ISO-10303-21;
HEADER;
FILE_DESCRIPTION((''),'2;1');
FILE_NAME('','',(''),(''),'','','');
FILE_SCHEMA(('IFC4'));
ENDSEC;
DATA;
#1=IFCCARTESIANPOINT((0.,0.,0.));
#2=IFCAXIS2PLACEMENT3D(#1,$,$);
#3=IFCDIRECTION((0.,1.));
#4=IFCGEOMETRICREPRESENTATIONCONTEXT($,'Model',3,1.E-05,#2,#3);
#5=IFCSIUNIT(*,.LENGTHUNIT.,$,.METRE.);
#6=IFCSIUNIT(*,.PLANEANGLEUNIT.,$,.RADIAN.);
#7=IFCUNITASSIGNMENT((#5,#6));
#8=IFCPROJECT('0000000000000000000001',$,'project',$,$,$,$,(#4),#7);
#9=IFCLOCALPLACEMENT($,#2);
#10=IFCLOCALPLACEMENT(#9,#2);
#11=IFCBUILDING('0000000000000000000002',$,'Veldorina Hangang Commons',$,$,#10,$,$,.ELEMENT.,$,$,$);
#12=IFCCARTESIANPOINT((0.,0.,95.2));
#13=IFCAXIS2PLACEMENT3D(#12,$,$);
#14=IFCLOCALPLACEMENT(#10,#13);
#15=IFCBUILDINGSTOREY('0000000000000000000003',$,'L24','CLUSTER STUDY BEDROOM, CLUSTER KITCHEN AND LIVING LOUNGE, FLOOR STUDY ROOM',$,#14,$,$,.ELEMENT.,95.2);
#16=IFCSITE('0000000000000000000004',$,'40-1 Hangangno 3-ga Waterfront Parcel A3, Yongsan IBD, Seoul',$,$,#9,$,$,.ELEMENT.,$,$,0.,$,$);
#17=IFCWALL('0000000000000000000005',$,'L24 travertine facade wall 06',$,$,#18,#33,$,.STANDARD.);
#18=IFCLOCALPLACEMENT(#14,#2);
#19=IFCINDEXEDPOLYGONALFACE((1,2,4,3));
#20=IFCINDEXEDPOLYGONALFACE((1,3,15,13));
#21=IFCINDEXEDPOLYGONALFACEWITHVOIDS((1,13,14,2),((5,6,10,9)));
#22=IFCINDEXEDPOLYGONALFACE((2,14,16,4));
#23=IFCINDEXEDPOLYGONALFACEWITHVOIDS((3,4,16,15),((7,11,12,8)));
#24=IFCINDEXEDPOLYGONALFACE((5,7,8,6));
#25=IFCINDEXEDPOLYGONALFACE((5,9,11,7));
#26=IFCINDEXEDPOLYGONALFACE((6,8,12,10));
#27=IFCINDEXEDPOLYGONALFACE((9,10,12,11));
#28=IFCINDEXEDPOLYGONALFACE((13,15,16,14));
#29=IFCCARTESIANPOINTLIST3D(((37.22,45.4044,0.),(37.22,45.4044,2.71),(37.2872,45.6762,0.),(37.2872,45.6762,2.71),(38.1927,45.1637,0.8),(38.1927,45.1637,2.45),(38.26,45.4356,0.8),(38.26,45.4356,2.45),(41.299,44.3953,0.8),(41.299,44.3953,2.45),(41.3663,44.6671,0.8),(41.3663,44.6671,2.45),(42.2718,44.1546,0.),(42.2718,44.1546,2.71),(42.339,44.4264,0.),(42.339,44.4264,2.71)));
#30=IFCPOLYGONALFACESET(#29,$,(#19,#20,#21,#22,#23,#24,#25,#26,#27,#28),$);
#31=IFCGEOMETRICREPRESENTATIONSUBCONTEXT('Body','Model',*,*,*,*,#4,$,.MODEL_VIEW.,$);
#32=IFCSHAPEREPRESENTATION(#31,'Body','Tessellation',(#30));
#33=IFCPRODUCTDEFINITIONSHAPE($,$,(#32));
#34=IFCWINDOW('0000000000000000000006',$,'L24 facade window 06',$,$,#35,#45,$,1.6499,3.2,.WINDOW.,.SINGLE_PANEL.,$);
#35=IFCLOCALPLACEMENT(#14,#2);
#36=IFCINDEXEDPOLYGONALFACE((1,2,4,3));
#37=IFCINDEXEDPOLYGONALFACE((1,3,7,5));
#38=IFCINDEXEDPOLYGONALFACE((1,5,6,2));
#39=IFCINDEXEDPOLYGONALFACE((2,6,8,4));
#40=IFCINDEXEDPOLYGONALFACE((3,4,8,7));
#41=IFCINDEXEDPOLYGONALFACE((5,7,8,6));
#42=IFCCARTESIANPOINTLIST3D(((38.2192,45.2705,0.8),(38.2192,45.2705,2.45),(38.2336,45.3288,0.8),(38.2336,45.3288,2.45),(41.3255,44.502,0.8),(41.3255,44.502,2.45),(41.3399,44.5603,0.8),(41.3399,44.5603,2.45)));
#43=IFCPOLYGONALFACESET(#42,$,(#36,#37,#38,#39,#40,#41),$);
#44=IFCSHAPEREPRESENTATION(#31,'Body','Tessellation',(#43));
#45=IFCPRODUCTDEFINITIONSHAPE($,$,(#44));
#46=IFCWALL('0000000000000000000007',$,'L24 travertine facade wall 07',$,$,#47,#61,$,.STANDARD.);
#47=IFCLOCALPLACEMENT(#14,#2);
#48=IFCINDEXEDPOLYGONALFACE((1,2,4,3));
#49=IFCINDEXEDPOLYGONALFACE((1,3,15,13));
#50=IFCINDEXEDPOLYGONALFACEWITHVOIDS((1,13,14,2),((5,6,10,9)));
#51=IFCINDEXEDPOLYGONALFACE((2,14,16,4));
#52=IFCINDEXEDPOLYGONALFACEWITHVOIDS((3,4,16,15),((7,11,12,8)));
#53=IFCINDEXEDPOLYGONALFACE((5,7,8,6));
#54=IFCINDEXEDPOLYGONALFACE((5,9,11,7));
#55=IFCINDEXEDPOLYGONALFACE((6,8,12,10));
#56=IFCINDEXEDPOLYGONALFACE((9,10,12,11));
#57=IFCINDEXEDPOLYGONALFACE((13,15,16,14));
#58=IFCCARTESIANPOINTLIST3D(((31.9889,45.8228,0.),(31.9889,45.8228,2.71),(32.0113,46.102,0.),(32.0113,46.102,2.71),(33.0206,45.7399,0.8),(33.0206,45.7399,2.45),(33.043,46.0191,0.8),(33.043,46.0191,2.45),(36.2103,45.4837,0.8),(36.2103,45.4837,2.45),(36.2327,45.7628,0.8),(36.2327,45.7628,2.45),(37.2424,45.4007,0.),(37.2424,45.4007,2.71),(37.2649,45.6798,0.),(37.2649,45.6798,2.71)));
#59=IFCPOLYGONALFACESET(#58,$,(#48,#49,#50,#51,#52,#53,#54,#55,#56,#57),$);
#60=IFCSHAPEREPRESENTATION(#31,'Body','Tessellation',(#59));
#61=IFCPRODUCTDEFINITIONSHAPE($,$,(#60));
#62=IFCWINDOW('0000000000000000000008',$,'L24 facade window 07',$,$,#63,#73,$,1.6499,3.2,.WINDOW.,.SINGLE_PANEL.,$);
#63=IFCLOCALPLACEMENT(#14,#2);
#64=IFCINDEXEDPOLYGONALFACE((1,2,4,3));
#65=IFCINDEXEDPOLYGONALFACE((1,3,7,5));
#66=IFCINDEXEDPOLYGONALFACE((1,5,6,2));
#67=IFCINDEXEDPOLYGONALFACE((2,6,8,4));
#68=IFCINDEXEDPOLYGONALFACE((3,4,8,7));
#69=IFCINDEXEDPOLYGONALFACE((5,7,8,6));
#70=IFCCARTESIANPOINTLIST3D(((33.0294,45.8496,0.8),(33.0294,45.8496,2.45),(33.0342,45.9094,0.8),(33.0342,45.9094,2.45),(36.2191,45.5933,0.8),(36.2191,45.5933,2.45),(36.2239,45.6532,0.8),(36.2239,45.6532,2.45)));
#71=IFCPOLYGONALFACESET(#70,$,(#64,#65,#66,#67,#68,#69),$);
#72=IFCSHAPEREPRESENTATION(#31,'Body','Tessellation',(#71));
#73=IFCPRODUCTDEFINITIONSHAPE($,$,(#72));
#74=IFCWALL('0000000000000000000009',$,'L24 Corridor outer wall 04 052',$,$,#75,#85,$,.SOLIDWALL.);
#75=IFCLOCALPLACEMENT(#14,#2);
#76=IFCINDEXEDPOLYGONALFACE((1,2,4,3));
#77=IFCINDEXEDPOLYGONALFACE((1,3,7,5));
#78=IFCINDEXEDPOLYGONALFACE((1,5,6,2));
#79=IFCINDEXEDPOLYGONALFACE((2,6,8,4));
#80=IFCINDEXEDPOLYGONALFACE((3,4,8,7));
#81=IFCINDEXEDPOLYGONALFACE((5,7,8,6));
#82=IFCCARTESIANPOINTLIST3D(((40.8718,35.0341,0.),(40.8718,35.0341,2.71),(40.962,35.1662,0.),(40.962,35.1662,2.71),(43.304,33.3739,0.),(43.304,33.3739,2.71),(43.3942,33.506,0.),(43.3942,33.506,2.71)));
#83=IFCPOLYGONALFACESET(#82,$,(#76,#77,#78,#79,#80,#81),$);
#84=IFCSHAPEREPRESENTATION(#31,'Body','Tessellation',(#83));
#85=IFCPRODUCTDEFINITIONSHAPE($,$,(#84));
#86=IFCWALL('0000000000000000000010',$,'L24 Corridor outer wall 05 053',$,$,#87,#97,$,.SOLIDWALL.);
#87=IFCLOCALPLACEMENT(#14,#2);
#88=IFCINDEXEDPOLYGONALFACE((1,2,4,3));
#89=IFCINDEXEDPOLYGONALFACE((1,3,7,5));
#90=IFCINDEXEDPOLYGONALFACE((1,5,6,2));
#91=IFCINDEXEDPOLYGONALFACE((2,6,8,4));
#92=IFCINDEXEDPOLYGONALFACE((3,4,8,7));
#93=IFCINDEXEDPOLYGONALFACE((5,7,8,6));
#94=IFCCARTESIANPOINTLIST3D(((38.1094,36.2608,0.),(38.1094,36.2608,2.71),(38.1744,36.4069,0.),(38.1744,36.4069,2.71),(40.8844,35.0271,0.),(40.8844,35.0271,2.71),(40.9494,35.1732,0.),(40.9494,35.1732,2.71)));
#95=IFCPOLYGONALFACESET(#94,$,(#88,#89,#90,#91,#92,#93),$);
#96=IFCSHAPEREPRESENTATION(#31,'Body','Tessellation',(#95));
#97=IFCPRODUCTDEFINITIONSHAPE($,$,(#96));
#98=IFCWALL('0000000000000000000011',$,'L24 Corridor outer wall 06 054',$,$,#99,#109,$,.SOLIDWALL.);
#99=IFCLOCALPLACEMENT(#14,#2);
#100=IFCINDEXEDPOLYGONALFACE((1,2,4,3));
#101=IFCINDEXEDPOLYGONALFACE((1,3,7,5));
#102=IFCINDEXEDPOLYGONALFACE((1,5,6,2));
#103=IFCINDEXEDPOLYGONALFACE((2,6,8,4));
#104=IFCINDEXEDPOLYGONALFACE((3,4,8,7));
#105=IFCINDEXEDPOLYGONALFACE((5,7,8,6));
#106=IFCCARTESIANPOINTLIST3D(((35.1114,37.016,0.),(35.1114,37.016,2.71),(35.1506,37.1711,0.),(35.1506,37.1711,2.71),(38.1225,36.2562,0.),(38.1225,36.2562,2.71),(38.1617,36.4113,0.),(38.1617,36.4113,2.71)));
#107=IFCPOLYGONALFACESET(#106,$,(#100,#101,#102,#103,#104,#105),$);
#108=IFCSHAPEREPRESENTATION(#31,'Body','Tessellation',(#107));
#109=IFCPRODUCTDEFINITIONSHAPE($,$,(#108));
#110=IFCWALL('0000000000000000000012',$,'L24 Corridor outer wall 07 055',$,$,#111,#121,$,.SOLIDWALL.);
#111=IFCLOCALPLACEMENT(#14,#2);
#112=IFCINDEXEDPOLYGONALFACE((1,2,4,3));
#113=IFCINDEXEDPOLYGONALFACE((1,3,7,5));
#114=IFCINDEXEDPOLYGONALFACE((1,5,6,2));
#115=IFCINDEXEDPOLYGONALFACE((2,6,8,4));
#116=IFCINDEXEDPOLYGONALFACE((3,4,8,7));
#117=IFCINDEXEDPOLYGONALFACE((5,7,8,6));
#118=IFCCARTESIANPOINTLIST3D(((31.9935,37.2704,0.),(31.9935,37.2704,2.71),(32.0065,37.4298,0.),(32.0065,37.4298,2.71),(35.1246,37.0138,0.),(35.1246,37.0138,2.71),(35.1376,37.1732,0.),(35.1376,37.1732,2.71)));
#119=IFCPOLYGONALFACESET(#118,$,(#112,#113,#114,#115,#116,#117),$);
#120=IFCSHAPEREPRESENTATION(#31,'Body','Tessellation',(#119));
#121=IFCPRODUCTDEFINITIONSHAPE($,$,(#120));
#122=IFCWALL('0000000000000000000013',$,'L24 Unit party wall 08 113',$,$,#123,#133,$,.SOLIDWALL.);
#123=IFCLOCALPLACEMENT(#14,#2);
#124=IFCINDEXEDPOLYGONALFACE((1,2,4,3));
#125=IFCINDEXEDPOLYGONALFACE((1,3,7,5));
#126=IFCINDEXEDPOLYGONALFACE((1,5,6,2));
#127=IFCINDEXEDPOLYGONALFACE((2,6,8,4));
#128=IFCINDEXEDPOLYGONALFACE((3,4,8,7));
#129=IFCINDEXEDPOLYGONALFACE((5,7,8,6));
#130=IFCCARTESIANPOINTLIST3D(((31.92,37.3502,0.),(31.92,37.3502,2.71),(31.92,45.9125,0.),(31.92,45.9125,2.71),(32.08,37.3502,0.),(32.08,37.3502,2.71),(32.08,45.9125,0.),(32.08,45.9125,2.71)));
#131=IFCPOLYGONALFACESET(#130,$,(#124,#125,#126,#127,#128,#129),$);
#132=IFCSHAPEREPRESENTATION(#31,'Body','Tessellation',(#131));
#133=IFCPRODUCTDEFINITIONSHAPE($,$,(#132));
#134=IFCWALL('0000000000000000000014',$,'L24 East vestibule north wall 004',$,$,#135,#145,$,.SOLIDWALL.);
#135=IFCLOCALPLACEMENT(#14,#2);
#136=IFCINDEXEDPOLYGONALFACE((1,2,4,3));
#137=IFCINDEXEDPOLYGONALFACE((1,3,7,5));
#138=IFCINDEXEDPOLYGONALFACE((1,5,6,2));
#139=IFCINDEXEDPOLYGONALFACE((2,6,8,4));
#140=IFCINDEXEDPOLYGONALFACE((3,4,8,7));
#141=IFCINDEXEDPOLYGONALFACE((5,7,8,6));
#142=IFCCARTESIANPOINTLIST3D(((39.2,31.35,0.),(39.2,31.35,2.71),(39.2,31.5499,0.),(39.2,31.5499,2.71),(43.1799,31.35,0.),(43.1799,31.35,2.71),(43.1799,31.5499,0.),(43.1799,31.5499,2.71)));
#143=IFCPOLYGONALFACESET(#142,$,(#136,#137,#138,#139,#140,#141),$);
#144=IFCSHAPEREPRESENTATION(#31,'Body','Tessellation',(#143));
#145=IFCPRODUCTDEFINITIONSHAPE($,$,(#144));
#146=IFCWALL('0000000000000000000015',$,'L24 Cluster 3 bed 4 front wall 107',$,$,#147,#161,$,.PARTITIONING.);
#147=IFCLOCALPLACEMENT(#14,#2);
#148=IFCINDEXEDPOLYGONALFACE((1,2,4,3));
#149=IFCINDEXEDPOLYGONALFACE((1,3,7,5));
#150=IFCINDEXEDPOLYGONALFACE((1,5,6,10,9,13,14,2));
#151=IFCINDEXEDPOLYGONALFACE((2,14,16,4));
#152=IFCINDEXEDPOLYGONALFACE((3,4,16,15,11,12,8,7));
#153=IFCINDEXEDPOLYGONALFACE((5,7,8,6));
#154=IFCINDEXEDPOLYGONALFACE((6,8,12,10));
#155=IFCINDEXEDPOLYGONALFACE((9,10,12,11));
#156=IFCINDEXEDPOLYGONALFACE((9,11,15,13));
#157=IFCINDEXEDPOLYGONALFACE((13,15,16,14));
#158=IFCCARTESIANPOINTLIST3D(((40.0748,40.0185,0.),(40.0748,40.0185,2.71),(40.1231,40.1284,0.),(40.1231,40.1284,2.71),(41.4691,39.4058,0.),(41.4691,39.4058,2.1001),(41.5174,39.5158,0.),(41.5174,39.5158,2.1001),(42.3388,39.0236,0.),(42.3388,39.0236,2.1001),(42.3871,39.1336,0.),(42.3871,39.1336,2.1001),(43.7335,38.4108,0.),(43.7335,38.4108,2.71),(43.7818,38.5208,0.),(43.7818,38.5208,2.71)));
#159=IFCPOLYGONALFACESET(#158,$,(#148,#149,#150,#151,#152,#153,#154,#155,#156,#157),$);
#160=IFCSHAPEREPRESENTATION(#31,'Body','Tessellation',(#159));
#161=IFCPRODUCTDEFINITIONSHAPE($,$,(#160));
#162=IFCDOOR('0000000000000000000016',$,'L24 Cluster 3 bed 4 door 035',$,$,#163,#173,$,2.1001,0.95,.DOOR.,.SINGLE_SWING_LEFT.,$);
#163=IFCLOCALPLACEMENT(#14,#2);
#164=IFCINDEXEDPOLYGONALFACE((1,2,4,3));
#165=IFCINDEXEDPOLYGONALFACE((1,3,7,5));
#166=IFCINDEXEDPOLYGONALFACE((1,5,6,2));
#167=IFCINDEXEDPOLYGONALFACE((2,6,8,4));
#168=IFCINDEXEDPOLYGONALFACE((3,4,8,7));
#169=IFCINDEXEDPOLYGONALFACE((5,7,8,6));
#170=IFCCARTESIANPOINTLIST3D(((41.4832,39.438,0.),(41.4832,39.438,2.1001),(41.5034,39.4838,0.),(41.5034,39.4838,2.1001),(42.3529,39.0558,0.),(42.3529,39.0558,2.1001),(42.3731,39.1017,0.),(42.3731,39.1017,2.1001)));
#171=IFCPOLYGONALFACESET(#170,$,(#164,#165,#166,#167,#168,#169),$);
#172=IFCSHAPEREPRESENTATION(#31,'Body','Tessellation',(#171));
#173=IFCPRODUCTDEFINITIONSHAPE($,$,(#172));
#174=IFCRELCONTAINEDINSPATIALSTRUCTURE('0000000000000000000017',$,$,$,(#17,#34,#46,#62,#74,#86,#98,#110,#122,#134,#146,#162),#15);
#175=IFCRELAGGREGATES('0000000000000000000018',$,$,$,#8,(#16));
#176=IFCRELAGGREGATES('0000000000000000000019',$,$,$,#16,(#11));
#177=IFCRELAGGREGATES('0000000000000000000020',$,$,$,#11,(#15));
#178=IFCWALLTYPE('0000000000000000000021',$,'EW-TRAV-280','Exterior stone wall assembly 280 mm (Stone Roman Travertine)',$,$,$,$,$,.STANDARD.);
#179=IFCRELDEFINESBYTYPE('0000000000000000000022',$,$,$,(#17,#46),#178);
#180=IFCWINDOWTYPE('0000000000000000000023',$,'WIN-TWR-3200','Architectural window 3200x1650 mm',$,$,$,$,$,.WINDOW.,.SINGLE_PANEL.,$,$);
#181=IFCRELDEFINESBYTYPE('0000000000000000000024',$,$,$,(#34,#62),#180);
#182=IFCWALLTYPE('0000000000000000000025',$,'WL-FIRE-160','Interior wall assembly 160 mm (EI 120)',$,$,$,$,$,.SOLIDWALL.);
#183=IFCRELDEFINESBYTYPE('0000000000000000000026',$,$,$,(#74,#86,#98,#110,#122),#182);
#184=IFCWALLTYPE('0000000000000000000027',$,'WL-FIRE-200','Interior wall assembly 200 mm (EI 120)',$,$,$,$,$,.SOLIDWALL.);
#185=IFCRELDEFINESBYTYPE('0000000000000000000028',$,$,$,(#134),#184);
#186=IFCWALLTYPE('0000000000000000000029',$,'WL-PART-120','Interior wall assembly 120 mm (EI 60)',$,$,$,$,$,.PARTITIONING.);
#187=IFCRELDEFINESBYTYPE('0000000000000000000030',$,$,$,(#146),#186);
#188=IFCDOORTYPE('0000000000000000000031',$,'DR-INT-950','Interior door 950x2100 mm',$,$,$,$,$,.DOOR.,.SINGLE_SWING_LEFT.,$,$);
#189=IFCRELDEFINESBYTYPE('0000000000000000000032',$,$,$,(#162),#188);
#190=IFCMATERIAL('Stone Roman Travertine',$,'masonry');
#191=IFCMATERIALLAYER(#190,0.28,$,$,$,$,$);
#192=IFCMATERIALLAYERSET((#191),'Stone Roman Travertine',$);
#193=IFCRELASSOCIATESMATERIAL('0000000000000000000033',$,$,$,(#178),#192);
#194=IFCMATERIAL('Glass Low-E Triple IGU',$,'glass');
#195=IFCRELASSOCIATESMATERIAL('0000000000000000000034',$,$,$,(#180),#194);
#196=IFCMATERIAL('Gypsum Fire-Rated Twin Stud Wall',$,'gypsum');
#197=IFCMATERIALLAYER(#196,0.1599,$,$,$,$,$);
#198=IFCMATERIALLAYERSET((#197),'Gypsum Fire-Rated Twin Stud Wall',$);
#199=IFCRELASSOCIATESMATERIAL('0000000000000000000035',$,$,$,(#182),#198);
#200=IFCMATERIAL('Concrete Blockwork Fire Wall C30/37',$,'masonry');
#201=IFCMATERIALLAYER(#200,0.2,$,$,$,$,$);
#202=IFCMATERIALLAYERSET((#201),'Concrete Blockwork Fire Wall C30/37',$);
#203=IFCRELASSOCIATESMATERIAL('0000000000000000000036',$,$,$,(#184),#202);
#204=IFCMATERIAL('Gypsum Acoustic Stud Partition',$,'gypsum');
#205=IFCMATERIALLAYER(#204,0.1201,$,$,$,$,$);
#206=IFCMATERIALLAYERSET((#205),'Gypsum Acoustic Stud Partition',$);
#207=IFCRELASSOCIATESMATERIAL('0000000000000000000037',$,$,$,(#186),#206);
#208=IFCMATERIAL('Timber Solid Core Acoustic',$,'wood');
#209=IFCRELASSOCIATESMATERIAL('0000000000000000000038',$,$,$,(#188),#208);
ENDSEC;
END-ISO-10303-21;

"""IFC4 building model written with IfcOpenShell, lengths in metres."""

from ifc_helpers import new_model, si_unit, direction, frame, frame_2d, origin, place, context, subcontext, project, spatial, rectangle, extrude, material, layer, layer_set, type_object, element, fill, save


model = new_model("IFC4")

# Units and contexts
model_context = context("Model", 3, precision=1e-05, world=origin(), true_north=direction((0.0, 1.0)))
body_context = subcontext(model_context, "Body", "Model", "MODEL_VIEW")
ifc_project = project(units=[si_unit("LENGTHUNIT", "METRE"), si_unit("PLANEANGLEUNIT", "RADIAN")], contexts=[model_context])

# Site, building, storey
site_placement = place(None, origin())
site = spatial("IfcSite", under=ifc_project, at=site_placement, Name="40-1 Hangangno 3-ga Waterfront Parcel A3, Yongsan IBD, Seoul", CompositionType="ELEMENT", RefElevation=0.0)
building_placement = place(site_placement, origin())
building = spatial("IfcBuilding", under=site, at=building_placement, Name="Veldorina Hangang Commons", CompositionType="ELEMENT")
storey_placement = place(building_placement, frame((0.0, 0.0, 95.2)))
storey = spatial("IfcBuildingStorey", under=building, at=storey_placement, Name="L24", Description="CLUSTER STUDY BEDROOM, CLUSTER KITCHEN AND LIVING LOUNGE, FLOOR STUDY ROOM", CompositionType="ELEMENT", Elevation=95.2)

# Walls, openings, windows
ifc_material_1 = material(Name="Stone Roman Travertine", Category="masonry")
ifc_layer_1 = layer(ifc_material_1, 0.28)
ifc_layer_set_1 = layer_set([ifc_layer_1], Name="Stone Roman Travertine")
wall_type_1 = type_object("IfcWallType", Name="EW-TRAV-280", Description="Exterior stone wall assembly 280 mm (Stone Roman Travertine)", PredefinedType="STANDARD", material=ifc_layer_set_1)
wall_1_placement = place(storey_placement, frame((42.3054, 44.2905, 0.0), z_axis=(0.0, 0.0, 1.0), x_axis=(-0.970736, 0.240151, 0.0)))
wall_1 = element("IfcWall", 1, at=wall_1_placement, inside=storey, type_object=wall_type_1, Name="L24 travertine facade wall 06", PredefinedType="STANDARD", context=body_context, shape_type="SweptSolid", body=[
    extrude(rectangle(XDim=5.2041, YDim=0.28, at=frame_2d((2.6021, 0.0))), origin(), (0.0, 0.0, 1.0), 2.71),
])
opening_1_placement = place(wall_1_placement, frame((1.002, 0.0, 0.8)))
opening_1 = element("IfcOpeningElement", 2, at=opening_1_placement, cuts=wall_1, PredefinedType="OPENING", context=body_context, shape_type="SweptSolid", body=[
    extrude(rectangle(XDim=3.2, YDim=1.6499, at=frame_2d((1.6001, 0.825))), frame((0.0, 0.1499, 0.0), z_axis=(0.0, -1.0, 0.0), x_axis=(1.0, 0.0, 0.0)), (0.0, 0.0, 1.0), 0.3),
])
ifc_material_2 = material(Name="Glass Low-E Triple IGU", Category="glass")
window_type = type_object("IfcWindowType", Name="WIN-TWR-3200", Description="Architectural window 3200x1650 mm", PartitioningType="SINGLE_PANEL", PredefinedType="WINDOW", material=ifc_material_2)
window_1_placement = place(opening_1_placement, origin())
window_1 = element("IfcWindow", 3, at=window_1_placement, inside=storey, type_object=window_type, Name="L24 facade window 06", OverallHeight=1.6499, OverallWidth=3.2, PartitioningType="SINGLE_PANEL", PredefinedType="WINDOW", context=body_context, shape_type="SweptSolid", body=[
    extrude(rectangle(XDim=3.2, YDim=1.6499, at=frame_2d((1.6001, 0.825))), frame((0.0, 0.03, 0.0), z_axis=(0.0, -1.0, 0.0), x_axis=(1.0, 0.0, 0.0)), (0.0, 0.0, 1.0), 0.0601),
])
fill(opening_1, window_1)
wall_2_placement = place(storey_placement, frame((37.2537, 45.5403, 0.0), z_axis=(0.0, 0.0, 1.0), x_axis=(-0.996788, 0.080089, 0.0)))
wall_2 = element("IfcWall", 4, at=wall_2_placement, inside=storey, type_object=wall_type_1, Name="L24 travertine facade wall 07", PredefinedType="STANDARD", context=body_context, shape_type="SweptSolid", body=[
    extrude(rectangle(XDim=5.2705, YDim=0.28, at=frame_2d((2.6353, 0.0))), origin(), (0.0, 0.0, 1.0), 2.71),
])
opening_2_placement = place(wall_2_placement, frame((1.0354, 0.0, 0.8)))
opening_2 = element("IfcOpeningElement", 5, at=opening_2_placement, cuts=wall_2, PredefinedType="OPENING", context=body_context, shape_type="SweptSolid", body=[
    extrude(rectangle(XDim=3.2, YDim=1.6499, at=frame_2d((1.6001, 0.825))), frame((0.0, 0.1499, 0.0), z_axis=(0.0, -1.0, 0.0), x_axis=(1.0, 0.0, 0.0)), (0.0, 0.0, 1.0), 0.3),
])
window_2_placement = place(opening_2_placement, origin())
window_2 = element("IfcWindow", 6, at=window_2_placement, inside=storey, type_object=window_type, Name="L24 facade window 07", OverallHeight=1.6499, OverallWidth=3.2, PartitioningType="SINGLE_PANEL", PredefinedType="WINDOW", context=body_context, shape_type="SweptSolid", body=[
    extrude(rectangle(XDim=3.2, YDim=1.6499, at=frame_2d((1.6001, 0.825))), frame((0.0, 0.03, 0.0), z_axis=(0.0, -1.0, 0.0), x_axis=(1.0, 0.0, 0.0)), (0.0, 0.0, 1.0), 0.0601),
])
fill(opening_2, window_2)

# Walls
ifc_material_3 = material(Name="Gypsum Fire-Rated Twin Stud Wall", Category="gypsum")
ifc_layer_2 = layer(ifc_material_3, 0.1599)
ifc_layer_set_2 = layer_set([ifc_layer_2], Name="Gypsum Fire-Rated Twin Stud Wall")
wall_type_2 = type_object("IfcWallType", Name="WL-FIRE-160", Description="Interior wall assembly 160 mm (EI 120)", PredefinedType="SOLIDWALL", material=ifc_layer_set_2)
wall_3_placement = place(storey_placement, frame((43.3491, 33.4399, 0.0), z_axis=(0.0, 0.0, 1.0), x_axis=(-0.825929, 0.563774, 0.0)))
element("IfcWall", 7, at=wall_3_placement, inside=storey, type_object=wall_type_2, Name="L24 Corridor outer wall 04 052", PredefinedType="SOLIDWALL", context=body_context, shape_type="SweptSolid", body=[
    extrude(rectangle(XDim=2.9448, YDim=0.1599, at=frame_2d((1.4724, 0.0))), origin(), (0.0, 0.0, 1.0), 2.71),
])
wall_4_placement = place(storey_placement, frame((40.917, 35.1001, 0.0), z_axis=(0.0, 0.0, 1.0), x_axis=(-0.913768, 0.406235, 0.0)))
element("IfcWall", 8, at=wall_4_placement, inside=storey, type_object=wall_type_2, Name="L24 Corridor outer wall 05 053", PredefinedType="SOLIDWALL", context=body_context, shape_type="SweptSolid", body=[
    extrude(rectangle(XDim=3.0369, YDim=0.1599, at=frame_2d((1.5186, 0.0))), origin(), (0.0, 0.0, 1.0), 2.71),
])
wall_5_placement = place(storey_placement, frame((38.1421, 36.3337, 0.0), z_axis=(0.0, 0.0, 1.0), x_axis=(-0.969608, 0.244662, 0.0)))
element("IfcWall", 9, at=wall_5_placement, inside=storey, type_object=wall_type_2, Name="L24 Corridor outer wall 06 054", PredefinedType="SOLIDWALL", context=body_context, shape_type="SweptSolid", body=[
    extrude(rectangle(XDim=3.1055, YDim=0.1599, at=frame_2d((1.5527, 0.0))), origin(), (0.0, 0.0, 1.0), 2.71),
])
wall_6_placement = place(storey_placement, frame((35.1311, 37.0935, 0.0), z_axis=(0.0, 0.0, 1.0), x_axis=(-0.996659, 0.081676, 0.0)))
element("IfcWall", 10, at=wall_6_placement, inside=storey, type_object=wall_type_2, Name="L24 Corridor outer wall 07 055", PredefinedType="SOLIDWALL", context=body_context, shape_type="SweptSolid", body=[
    extrude(rectangle(XDim=3.1416, YDim=0.1599, at=frame_2d((1.5708, 0.0))), origin(), (0.0, 0.0, 1.0), 2.71),
])
wall_7_placement = place(storey_placement, frame((32.0, 37.3501, 0.0), z_axis=(0.0, 0.0, 1.0), x_axis=(0.0, 1.0, 0.0)))
element("IfcWall", 11, at=wall_7_placement, inside=storey, type_object=wall_type_2, Name="L24 Unit party wall 08 113", PredefinedType="SOLIDWALL", context=body_context, shape_type="SweptSolid", body=[
    extrude(rectangle(XDim=8.5623, YDim=0.1599, at=frame_2d((4.2812, 0.0))), origin(), (0.0, 0.0, 1.0), 2.71),
])
ifc_material_4 = material(Name="Concrete Blockwork Fire Wall C30/37", Category="masonry")
ifc_layer_3 = layer(ifc_material_4, 0.2)
ifc_layer_set_3 = layer_set([ifc_layer_3], Name="Concrete Blockwork Fire Wall C30/37")
wall_type_3 = type_object("IfcWallType", Name="WL-FIRE-200", Description="Interior wall assembly 200 mm (EI 120)", PredefinedType="SOLIDWALL", material=ifc_layer_set_3)
wall_8_placement = place(storey_placement, frame((39.2, 31.45, 0.0), z_axis=(0.0, 0.0, 1.0), x_axis=(1.0, 0.0, 0.0)))
element("IfcWall", 12, at=wall_8_placement, inside=storey, type_object=wall_type_3, Name="L24 East vestibule north wall 004", PredefinedType="SOLIDWALL", context=body_context, shape_type="SweptSolid", body=[
    extrude(rectangle(XDim=3.98, YDim=0.2, at=frame_2d((1.99, 0.0))), origin(), (0.0, 0.0, 1.0), 2.71),
])

# Wall, opening, door
ifc_material_5 = material(Name="Gypsum Acoustic Stud Partition", Category="gypsum")
ifc_layer_4 = layer(ifc_material_5, 0.1201)
ifc_layer_set_4 = layer_set([ifc_layer_4], Name="Gypsum Acoustic Stud Partition")
wall_type_4 = type_object("IfcWallType", Name="WL-PART-120", Description="Interior wall assembly 120 mm (EI 60)", PredefinedType="PARTITIONING", material=ifc_layer_set_4)
wall_9_placement = place(storey_placement, frame((43.7576, 38.4658, 0.0), z_axis=(0.0, 0.0, 1.0), x_axis=(-0.915514, 0.402286, 0.0)))
wall_9 = element("IfcWall", 13, at=wall_9_placement, inside=storey, type_object=wall_type_4, Name="L24 Cluster 3 bed 4 front wall 107", PredefinedType="PARTITIONING", context=body_context, shape_type="SweptSolid", body=[
    extrude(rectangle(XDim=3.9963, YDim=0.1201, at=frame_2d((1.998, 0.0))), origin(), (0.0, 0.0, 1.0), 2.71),
])
opening_3_placement = place(wall_9_placement, frame((1.5232, 0.0, 0.0)))
opening_3 = element("IfcOpeningElement", 14, at=opening_3_placement, cuts=wall_9, PredefinedType="OPENING", context=body_context, shape_type="SweptSolid", body=[
    extrude(rectangle(XDim=0.95, YDim=2.1001, at=frame_2d((0.4751, 1.05))), frame((0.0, 0.0701, 0.0), z_axis=(0.0, -1.0, 0.0), x_axis=(1.0, 0.0, 0.0)), (0.0, 0.0, 1.0), 0.1401),
])
ifc_material_6 = material(Name="Timber Solid Core Acoustic", Category="wood")
door_type = type_object("IfcDoorType", Name="DR-INT-950", Description="Interior door 950x2100 mm", OperationType="SINGLE_SWING_LEFT", PredefinedType="DOOR", material=ifc_material_6)
door_1_placement = place(opening_3_placement, origin())
door_1 = element("IfcDoor", 15, at=door_1_placement, inside=storey, type_object=door_type, Name="L24 Cluster 3 bed 4 door 035", OperationType="SINGLE_SWING_LEFT", OverallHeight=2.1001, OverallWidth=0.95, PredefinedType="DOOR", context=body_context, shape_type="SweptSolid", body=[
    extrude(rectangle(XDim=0.95, YDim=2.1001, at=frame_2d((0.4751, 1.05))), frame((0.0, 0.0249, 0.0), z_axis=(0.0, -1.0, 0.0), x_axis=(1.0, 0.0, 0.0)), (0.0, 0.0, 1.0), 0.05),
])
fill(opening_3, door_1)

save(model, "model.ifc")
